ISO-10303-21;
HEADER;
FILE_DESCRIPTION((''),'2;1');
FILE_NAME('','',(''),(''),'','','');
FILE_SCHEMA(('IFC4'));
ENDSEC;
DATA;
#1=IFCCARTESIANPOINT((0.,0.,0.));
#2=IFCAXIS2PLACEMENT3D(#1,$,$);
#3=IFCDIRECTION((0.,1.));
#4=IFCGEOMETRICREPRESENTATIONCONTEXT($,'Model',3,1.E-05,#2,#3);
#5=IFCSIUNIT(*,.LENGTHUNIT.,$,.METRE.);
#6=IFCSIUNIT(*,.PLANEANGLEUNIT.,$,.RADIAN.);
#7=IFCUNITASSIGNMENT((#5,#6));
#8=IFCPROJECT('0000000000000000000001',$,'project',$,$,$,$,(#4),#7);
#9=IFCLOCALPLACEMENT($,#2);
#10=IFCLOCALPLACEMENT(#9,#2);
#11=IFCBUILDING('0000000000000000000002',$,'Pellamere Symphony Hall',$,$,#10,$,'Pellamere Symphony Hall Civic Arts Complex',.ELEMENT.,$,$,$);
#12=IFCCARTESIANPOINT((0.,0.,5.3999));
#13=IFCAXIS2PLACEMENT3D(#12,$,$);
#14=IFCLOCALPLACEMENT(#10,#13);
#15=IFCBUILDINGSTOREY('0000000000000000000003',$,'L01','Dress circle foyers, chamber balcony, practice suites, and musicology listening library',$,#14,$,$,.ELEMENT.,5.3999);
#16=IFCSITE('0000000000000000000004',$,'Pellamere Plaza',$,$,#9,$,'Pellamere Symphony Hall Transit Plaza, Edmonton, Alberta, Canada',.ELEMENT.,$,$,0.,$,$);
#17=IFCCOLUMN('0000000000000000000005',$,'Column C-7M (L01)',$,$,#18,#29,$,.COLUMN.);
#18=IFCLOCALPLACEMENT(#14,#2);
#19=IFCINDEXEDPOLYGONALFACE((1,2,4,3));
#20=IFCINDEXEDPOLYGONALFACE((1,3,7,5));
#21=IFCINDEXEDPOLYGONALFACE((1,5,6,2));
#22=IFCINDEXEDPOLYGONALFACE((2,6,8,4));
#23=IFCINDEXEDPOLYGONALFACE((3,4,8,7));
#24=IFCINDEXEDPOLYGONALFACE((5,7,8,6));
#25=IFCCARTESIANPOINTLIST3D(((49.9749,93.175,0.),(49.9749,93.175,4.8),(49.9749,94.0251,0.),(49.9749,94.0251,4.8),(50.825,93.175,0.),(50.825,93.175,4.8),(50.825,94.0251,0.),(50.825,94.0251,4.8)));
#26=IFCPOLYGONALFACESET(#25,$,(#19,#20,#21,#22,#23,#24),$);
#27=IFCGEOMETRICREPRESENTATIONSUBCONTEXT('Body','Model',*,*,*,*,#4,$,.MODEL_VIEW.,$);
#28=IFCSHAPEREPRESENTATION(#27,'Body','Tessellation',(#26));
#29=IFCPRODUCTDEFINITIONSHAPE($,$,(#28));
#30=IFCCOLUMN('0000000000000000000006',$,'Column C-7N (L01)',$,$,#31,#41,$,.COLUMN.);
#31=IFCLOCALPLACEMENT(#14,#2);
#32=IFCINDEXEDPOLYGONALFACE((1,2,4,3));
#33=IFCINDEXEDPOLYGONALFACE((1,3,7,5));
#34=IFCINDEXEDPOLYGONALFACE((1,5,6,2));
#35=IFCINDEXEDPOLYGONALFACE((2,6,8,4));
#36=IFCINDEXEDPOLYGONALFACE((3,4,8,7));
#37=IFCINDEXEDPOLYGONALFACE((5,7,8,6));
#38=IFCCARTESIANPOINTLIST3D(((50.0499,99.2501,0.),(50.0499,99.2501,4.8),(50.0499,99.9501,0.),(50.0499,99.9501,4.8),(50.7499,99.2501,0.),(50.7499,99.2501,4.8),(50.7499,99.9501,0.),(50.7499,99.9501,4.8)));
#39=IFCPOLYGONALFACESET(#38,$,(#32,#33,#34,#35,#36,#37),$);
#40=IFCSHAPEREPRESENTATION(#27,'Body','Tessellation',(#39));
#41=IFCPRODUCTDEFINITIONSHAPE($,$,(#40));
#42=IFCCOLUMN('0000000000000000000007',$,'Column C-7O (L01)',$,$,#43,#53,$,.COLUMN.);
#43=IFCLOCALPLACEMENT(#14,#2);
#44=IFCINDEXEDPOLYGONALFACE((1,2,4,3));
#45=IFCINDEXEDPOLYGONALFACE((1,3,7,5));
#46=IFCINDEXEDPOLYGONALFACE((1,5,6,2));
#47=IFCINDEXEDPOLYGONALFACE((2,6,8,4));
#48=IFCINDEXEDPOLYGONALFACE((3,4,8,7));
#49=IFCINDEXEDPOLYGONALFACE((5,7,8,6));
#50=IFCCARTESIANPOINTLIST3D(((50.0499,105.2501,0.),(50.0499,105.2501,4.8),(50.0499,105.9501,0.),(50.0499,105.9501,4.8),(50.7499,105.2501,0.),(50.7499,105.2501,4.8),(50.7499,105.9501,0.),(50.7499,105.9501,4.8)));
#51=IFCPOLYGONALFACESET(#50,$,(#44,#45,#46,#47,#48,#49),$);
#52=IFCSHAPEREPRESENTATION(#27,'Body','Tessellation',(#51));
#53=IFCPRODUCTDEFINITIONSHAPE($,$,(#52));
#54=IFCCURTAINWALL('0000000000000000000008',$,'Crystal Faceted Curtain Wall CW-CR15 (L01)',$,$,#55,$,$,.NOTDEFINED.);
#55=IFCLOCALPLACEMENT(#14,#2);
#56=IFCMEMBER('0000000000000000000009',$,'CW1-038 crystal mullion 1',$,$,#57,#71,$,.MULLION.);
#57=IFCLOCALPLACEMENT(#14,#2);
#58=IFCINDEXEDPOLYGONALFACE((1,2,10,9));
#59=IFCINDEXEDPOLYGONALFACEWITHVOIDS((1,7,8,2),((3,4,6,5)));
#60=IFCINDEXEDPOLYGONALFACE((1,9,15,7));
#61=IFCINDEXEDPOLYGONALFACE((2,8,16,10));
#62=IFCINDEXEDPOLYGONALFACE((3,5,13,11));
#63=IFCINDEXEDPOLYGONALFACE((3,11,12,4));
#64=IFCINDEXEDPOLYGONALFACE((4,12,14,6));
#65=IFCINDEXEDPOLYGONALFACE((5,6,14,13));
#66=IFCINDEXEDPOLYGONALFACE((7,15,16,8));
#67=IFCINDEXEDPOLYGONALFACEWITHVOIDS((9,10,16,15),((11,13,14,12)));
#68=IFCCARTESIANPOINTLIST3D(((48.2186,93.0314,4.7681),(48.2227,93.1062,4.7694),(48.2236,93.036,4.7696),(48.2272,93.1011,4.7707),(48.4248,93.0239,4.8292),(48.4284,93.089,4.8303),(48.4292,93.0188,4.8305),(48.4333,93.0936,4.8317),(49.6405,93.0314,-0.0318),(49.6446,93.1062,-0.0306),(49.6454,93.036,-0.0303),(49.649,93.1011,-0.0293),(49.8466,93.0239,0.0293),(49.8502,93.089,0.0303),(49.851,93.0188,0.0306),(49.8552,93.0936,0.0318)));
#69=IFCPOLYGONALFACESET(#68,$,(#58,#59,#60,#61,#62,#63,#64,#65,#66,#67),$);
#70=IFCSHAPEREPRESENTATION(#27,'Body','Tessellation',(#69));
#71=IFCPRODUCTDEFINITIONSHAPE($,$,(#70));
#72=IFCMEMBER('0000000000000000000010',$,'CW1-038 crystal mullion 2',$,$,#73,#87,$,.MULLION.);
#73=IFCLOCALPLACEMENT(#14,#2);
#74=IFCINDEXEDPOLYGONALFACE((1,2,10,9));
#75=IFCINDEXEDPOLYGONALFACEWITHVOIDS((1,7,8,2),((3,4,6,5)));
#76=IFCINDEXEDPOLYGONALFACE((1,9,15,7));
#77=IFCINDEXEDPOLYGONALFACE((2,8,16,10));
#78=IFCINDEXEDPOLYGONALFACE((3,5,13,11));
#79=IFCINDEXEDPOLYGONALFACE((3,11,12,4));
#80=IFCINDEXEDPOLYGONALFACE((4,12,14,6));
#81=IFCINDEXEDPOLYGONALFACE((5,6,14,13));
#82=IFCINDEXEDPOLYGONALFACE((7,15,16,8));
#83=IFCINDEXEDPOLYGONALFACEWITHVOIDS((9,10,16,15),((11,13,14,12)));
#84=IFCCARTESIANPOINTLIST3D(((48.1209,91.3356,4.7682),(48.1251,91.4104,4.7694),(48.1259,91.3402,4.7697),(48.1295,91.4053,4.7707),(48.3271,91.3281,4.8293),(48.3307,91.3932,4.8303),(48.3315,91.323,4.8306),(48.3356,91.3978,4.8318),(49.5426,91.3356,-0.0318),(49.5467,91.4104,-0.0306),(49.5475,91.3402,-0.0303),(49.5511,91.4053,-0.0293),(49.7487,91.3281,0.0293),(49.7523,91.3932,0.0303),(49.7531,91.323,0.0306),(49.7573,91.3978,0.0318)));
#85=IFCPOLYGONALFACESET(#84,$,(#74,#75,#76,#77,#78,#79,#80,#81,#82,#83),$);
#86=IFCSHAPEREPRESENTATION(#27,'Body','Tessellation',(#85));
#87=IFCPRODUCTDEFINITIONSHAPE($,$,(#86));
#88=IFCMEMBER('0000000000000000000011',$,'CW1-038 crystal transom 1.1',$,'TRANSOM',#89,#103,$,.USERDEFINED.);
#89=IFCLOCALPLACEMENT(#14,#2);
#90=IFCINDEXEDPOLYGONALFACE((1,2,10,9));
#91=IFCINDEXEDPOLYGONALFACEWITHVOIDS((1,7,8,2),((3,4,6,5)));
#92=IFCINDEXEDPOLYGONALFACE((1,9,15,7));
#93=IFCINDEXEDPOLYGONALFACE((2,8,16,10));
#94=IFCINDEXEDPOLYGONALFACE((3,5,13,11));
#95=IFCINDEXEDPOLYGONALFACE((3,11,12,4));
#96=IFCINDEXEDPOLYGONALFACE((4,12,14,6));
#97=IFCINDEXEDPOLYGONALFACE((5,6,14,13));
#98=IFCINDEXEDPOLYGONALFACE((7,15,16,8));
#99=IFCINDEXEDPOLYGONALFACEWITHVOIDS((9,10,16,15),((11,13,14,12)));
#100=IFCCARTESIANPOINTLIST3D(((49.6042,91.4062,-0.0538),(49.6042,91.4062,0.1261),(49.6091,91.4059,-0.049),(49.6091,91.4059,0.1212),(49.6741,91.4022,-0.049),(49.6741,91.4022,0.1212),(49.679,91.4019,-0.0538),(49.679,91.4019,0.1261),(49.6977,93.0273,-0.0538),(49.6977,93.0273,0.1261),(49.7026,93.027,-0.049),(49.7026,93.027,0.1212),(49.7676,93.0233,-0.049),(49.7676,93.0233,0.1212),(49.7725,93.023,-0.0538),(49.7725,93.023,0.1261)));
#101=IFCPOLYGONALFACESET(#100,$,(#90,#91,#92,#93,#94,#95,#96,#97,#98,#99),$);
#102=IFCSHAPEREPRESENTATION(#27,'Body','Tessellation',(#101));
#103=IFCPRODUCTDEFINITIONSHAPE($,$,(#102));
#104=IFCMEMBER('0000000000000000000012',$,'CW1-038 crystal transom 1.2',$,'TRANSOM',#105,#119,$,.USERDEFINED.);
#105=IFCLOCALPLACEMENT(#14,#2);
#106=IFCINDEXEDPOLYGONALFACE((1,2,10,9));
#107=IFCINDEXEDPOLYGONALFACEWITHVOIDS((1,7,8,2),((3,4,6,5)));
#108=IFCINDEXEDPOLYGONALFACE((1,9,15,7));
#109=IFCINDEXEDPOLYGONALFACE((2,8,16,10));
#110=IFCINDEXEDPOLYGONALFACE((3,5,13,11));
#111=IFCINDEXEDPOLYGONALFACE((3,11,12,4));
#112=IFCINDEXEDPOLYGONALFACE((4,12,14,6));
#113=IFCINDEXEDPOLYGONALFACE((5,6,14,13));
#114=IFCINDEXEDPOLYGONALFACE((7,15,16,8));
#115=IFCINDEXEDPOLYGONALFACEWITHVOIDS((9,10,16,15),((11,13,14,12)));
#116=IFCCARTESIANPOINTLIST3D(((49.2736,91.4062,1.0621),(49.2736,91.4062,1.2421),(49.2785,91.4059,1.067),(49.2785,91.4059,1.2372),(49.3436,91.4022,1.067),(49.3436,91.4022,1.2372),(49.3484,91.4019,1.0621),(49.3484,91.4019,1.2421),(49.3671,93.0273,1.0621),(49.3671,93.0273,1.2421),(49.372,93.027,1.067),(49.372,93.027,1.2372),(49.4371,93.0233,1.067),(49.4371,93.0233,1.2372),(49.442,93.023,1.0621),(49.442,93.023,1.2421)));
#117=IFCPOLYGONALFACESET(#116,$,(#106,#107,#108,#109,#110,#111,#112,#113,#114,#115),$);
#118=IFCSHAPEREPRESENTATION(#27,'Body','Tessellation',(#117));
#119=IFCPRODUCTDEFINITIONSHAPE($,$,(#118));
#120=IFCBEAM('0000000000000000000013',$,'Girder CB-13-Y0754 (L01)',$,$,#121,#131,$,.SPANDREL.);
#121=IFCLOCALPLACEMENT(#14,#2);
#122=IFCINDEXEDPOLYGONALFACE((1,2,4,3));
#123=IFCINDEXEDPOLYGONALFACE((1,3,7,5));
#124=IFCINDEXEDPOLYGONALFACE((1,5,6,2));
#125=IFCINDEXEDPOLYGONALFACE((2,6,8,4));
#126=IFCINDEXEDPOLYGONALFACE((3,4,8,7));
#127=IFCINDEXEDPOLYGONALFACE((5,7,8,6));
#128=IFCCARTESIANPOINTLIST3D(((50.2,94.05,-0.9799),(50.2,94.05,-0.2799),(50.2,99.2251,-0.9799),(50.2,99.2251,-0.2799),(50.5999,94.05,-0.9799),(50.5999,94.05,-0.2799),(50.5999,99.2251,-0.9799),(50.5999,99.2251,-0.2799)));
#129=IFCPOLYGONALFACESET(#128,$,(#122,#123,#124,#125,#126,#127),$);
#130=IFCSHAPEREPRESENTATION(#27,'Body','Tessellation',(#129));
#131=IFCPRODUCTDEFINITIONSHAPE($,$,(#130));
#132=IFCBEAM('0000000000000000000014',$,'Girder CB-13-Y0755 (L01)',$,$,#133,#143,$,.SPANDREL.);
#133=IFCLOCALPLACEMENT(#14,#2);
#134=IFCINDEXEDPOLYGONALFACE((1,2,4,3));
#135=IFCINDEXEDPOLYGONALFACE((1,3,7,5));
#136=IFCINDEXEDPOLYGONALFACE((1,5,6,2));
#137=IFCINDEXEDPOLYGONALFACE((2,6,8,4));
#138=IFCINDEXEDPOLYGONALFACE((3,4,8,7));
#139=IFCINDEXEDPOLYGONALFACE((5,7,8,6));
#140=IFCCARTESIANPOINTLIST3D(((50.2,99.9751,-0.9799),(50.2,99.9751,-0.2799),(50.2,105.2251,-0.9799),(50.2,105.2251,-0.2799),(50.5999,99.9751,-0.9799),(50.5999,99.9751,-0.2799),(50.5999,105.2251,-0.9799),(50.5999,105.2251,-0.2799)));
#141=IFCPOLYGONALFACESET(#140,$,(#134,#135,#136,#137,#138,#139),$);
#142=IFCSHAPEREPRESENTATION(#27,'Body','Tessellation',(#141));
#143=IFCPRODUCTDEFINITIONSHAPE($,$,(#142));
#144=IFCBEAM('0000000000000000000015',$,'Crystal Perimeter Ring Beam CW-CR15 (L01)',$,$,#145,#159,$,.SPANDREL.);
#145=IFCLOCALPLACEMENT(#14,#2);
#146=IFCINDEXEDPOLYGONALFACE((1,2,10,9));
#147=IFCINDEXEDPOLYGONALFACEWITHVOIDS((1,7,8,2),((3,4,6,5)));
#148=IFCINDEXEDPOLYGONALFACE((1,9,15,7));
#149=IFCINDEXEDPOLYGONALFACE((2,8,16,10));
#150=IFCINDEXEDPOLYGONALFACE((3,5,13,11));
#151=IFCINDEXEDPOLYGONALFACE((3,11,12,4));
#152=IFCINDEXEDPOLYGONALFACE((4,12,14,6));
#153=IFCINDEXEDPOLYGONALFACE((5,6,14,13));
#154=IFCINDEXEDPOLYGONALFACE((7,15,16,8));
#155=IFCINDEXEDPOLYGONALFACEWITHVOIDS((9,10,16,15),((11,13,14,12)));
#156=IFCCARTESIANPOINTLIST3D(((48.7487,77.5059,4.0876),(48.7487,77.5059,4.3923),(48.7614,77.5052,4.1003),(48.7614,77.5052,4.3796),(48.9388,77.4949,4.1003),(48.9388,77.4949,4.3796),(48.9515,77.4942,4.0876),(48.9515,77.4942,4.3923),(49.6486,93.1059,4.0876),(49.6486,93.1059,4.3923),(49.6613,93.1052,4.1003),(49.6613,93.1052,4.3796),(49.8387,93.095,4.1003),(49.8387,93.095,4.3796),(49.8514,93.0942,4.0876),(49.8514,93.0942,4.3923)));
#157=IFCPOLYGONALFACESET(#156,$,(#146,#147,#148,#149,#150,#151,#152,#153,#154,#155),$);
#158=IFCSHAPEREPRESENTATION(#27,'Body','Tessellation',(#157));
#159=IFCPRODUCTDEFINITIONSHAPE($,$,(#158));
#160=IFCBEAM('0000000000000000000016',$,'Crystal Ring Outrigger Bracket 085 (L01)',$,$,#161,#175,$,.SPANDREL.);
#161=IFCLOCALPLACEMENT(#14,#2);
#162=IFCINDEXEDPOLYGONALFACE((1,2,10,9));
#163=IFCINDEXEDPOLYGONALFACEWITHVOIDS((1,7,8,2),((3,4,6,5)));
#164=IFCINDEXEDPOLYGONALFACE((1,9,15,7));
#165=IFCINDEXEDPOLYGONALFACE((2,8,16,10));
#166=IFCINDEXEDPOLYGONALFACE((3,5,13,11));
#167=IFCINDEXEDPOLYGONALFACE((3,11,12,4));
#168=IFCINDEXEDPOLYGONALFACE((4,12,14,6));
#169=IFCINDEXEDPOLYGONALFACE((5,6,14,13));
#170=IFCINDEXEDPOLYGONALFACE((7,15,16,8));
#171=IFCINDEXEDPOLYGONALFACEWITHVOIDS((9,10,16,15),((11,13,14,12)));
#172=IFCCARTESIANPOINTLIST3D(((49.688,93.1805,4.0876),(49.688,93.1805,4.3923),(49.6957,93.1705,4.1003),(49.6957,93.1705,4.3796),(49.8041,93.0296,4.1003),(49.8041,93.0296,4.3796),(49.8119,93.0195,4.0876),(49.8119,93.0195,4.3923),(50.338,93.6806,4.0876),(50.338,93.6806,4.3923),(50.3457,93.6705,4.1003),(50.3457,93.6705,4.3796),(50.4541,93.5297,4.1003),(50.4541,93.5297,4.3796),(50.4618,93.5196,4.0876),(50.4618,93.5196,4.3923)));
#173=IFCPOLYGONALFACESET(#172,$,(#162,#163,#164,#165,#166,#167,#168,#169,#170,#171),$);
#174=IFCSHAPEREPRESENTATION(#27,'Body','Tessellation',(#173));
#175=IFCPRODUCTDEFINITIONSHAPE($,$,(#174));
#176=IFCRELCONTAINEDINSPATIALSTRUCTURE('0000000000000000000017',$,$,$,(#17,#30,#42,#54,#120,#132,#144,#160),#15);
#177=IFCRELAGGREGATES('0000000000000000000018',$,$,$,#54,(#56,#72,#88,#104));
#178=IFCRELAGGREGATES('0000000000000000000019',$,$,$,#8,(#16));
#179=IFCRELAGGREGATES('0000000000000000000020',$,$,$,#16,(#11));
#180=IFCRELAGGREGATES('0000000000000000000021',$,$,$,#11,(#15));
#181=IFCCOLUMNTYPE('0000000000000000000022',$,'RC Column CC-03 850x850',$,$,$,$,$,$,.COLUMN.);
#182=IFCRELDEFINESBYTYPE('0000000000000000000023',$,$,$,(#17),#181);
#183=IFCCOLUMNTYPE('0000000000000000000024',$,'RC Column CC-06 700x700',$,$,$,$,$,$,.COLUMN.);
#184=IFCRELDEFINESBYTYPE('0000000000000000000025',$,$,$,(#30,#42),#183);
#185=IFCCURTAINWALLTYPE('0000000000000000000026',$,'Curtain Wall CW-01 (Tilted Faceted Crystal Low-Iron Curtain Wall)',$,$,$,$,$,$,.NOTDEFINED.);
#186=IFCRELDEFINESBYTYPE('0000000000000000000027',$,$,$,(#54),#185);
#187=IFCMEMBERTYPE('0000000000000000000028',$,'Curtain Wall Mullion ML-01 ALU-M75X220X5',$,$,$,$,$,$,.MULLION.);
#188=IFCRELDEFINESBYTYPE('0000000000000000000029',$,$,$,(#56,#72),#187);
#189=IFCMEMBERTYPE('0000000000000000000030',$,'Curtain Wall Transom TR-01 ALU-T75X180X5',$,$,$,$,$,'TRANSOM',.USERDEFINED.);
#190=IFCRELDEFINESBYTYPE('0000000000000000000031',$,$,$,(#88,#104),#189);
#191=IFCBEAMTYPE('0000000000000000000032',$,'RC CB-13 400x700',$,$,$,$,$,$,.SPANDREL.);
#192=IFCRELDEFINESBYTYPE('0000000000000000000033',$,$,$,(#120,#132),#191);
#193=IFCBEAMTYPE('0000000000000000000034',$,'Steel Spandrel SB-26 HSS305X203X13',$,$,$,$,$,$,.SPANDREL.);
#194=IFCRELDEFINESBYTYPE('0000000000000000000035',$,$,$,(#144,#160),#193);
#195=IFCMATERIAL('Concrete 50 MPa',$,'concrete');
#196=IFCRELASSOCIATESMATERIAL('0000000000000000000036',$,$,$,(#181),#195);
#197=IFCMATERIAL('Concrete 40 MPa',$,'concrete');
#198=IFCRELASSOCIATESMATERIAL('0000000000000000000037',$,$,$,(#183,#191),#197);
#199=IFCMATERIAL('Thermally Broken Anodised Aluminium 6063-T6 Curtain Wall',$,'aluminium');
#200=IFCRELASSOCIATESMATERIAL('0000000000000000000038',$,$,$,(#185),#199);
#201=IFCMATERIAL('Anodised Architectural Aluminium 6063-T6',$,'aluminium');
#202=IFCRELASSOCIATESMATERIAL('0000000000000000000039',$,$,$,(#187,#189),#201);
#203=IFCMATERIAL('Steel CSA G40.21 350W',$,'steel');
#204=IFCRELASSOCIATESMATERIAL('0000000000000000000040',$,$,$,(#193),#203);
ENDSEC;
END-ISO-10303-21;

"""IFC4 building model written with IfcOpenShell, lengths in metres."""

from ifc_helpers import new_model, si_unit, direction, frame, origin, origin_2d, place, context, subcontext, project, spatial, rectangle, hollow_rectangle, extrude, material, material_profile, profile_set, type_object, element, aggregate, save


model = new_model("IFC4")

# Units and contexts
model_context = context("Model", 3, precision=1e-05, world=origin(), true_north=direction((0.0, 1.0)))
body_context = subcontext(model_context, "Body", "Model", "MODEL_VIEW")
ifc_project = project(units=[si_unit("LENGTHUNIT", "METRE"), si_unit("PLANEANGLEUNIT", "RADIAN")], contexts=[model_context])

# Site, building, storey
site_placement = place(None, origin())
site = spatial("IfcSite", under=ifc_project, at=site_placement, Name="Pellamere Plaza", LongName="Pellamere Symphony Hall Transit Plaza, Edmonton, Alberta, Canada", CompositionType="ELEMENT", RefElevation=0.0)
building_placement = place(site_placement, origin())
building = spatial("IfcBuilding", under=site, at=building_placement, Name="Pellamere Symphony Hall", LongName="Pellamere Symphony Hall Civic Arts Complex", CompositionType="ELEMENT")
storey_placement = place(building_placement, frame((0.0, 0.0, 5.3999)))
storey = spatial("IfcBuildingStorey", under=building, at=storey_placement, Name="L01", Description="Dress circle foyers, chamber balcony, practice suites, and musicology listening library", CompositionType="ELEMENT", Elevation=5.3999)

# Columns
ifc_material_1 = material(Name="Concrete 50 MPa", Category="concrete")
ifc_material_profile_1 = material_profile(ifc_material_1, rectangle(XDim=0.8501, YDim=0.8501, at=origin_2d()), Name="RC 850x850")
ifc_profile_set_1 = profile_set([ifc_material_profile_1], Name="Concrete 50 MPa")
column_type_1 = type_object("IfcColumnType", Name="RC Column CC-03 850x850", PredefinedType="COLUMN", material=ifc_profile_set_1)
column_placement = place(storey_placement, frame((50.3999, 93.6001, 0.0), z_axis=(0.0, 0.0, 1.0), x_axis=(1.0, 0.0, 0.0)))
element("IfcColumn", 1, at=column_placement, inside=storey, type_object=column_type_1, Name="Column C-7M (L01)", PredefinedType="COLUMN", context=body_context, shape_type="SweptSolid", body=[
    extrude(rectangle(XDim=0.8501, YDim=0.8501, at=origin_2d()), origin(), (0.0, 0.0, 1.0), 4.8),
])
ifc_material_2 = material(Name="Concrete 40 MPa", Category="concrete")
ifc_material_profile_2 = material_profile(ifc_material_2, rectangle(XDim=0.7, YDim=0.7, at=origin_2d()), Name="RC 700x700")
ifc_profile_set_2 = profile_set([ifc_material_profile_2], Name="Concrete 40 MPa")
column_type_2 = type_object("IfcColumnType", Name="RC Column CC-06 700x700", PredefinedType="COLUMN", material=ifc_profile_set_2)
for number, where, z_axis, x_axis, name in (
    (2, (50.3999, 99.6001, 0.0), (0.0, 0.0, 1.0), (1.0, 0.0, 0.0), "Column C-7N (L01)"),
    (3, (50.3999, 105.6001, 0.0), (0.0, 0.0, 1.0), (1.0, 0.0, 0.0), "Column C-7O (L01)"),
):
    element("IfcColumn", number, at=place(storey_placement, frame(where, z_axis=z_axis, x_axis=x_axis)), inside=storey, type_object=column_type_2, Name=name, PredefinedType="COLUMN", context=body_context, shape_type="SweptSolid", body=[
        extrude(rectangle(XDim=0.7, YDim=0.7, at=origin_2d()), origin(), (0.0, 0.0, 1.0), 4.8),
    ])

# Curtain wall, members
ifc_material_3 = material(Name="Thermally Broken Anodised Aluminium 6063-T6 Curtain Wall", Category="aluminium")
curtain_wall_type = type_object("IfcCurtainWallType", Name="Curtain Wall CW-01 (Tilted Faceted Crystal Low-Iron Curtain Wall)", PredefinedType="NOTDEFINED", material=ifc_material_3)
curtain_wall_placement = place(storey_placement, origin())
curtain_wall = element("IfcCurtainWall", 4, at=curtain_wall_placement, inside=storey, type_object=curtain_wall_type, Name="Crystal Faceted Curtain Wall CW-CR15 (L01)", PredefinedType="NOTDEFINED")
ifc_material_4 = material(Name="Anodised Architectural Aluminium 6063-T6", Category="aluminium")
ifc_material_profile_3 = material_profile(ifc_material_4, hollow_rectangle(XDim=0.075, YDim=0.22, WallThickness=0.0049, at=origin_2d()), Name="ALU-M75X220X5")
ifc_profile_set_3 = profile_set([ifc_material_profile_3], Name="Anodised Architectural Aluminium 6063-T6")
member_type_1 = type_object("IfcMemberType", Name="Curtain Wall Mullion ML-01 ALU-M75X220X5", PredefinedType="MULLION", material=ifc_profile_set_3)
member_1_placement = place(storey_placement, frame((49.7478, 93.0625, 0.0), z_axis=(-0.284022, 0.0, 0.958818), x_axis=(-0.055225, -0.99834, -0.016359)))
member_1 = element("IfcMember", 5, at=member_1_placement, type_object=member_type_1, Name="CW1-038 crystal mullion 1", PredefinedType="MULLION", context=body_context, shape_type="SweptSolid", body=[
    extrude(hollow_rectangle(XDim=0.075, YDim=0.22, WallThickness=0.0049, at=origin_2d()), origin(), (0.0, 0.0, 1.0), 5.0061),
])
member_2_placement = place(storey_placement, frame((49.6499, 91.3667, 0.0), z_axis=(-0.283977, 0.0, 0.958831), x_axis=(-0.055225, -0.99834, -0.016356)))
member_2 = element("IfcMember", 6, at=member_2_placement, type_object=member_type_1, Name="CW1-038 crystal mullion 2", PredefinedType="MULLION", context=body_context, shape_type="SweptSolid", body=[
    extrude(hollow_rectangle(XDim=0.075, YDim=0.22, WallThickness=0.0049, at=origin_2d()), origin(), (0.0, 0.0, 1.0), 5.0061),
])
ifc_material_profile_4 = material_profile(ifc_material_4, hollow_rectangle(XDim=0.075, YDim=0.1799, WallThickness=0.0049, at=origin_2d()), Name="ALU-T75X180X5")
ifc_profile_set_4 = profile_set([ifc_material_profile_4], Name="Anodised Architectural Aluminium 6063-T6")
member_type_2 = type_object("IfcMemberType", Name="Curtain Wall Transom TR-01 ALU-T75X180X5", ElementType="TRANSOM", PredefinedType="USERDEFINED", material=ifc_profile_set_4)
member_3_placement = place(storey_placement, frame((49.7351, 93.0251, 0.0361), z_axis=(-0.057585, -0.998341, 0.0), x_axis=(0.998341, -0.057585, 0.0)))
member_3 = element("IfcMember", 7, at=member_3_placement, type_object=member_type_2, Name="CW1-038 crystal transom 1.1", ObjectType="TRANSOM", PredefinedType="USERDEFINED", context=body_context, shape_type="SweptSolid", body=[
    extrude(hollow_rectangle(XDim=0.075, YDim=0.1799, WallThickness=0.0049, at=origin_2d()), origin(), (0.0, 0.0, 1.0), 1.6238),
])
member_4_placement = place(storey_placement, frame((49.4045, 93.0251, 1.1521), z_axis=(-0.057585, -0.998341, 0.0), x_axis=(0.998341, -0.057585, 0.0)))
member_4 = element("IfcMember", 8, at=member_4_placement, type_object=member_type_2, Name="CW1-038 crystal transom 1.2", ObjectType="TRANSOM", PredefinedType="USERDEFINED", context=body_context, shape_type="SweptSolid", body=[
    extrude(hollow_rectangle(XDim=0.075, YDim=0.1799, WallThickness=0.0049, at=origin_2d()), origin(), (0.0, 0.0, 1.0), 1.6238),
])

# Beams
ifc_material_profile_5 = material_profile(ifc_material_2, rectangle(XDim=0.3999, YDim=0.7, at=origin_2d()), Name="RC 400x700")
ifc_profile_set_5 = profile_set([ifc_material_profile_5], Name="Concrete 40 MPa")
beam_type_1 = type_object("IfcBeamType", Name="RC CB-13 400x700", PredefinedType="SPANDREL", material=ifc_profile_set_5)
beam_1_placement = place(storey_placement, frame((50.3999, 94.05, -0.6299), z_axis=(0.0, 1.0, 0.0), x_axis=(-1.0, 0.0, 0.0)))
element("IfcBeam", 9, at=beam_1_placement, inside=storey, type_object=beam_type_1, Name="Girder CB-13-Y0754 (L01)", PredefinedType="SPANDREL", context=body_context, shape_type="SweptSolid", body=[
    extrude(rectangle(XDim=0.3999, YDim=0.7, at=origin_2d()), origin(), (0.0, 0.0, 1.0), 5.175),
])
beam_2_placement = place(storey_placement, frame((50.3999, 99.9751, -0.6299), z_axis=(0.0, 1.0, 0.0), x_axis=(-1.0, 0.0, 0.0)))
element("IfcBeam", 10, at=beam_2_placement, inside=storey, type_object=beam_type_1, Name="Girder CB-13-Y0755 (L01)", PredefinedType="SPANDREL", context=body_context, shape_type="SweptSolid", body=[
    extrude(rectangle(XDim=0.3999, YDim=0.7, at=origin_2d()), origin(), (0.0, 0.0, 1.0), 5.25),
])
ifc_material_5 = material(Name="Steel CSA G40.21 350W", Category="steel")
ifc_material_profile_6 = material_profile(ifc_material_5, hollow_rectangle(XDim=0.2031, YDim=0.3047, WallThickness=0.0127, at=origin_2d()), Name="HSS305X203X13")
ifc_profile_set_6 = profile_set([ifc_material_profile_6], Name="Steel CSA G40.21 350W")
beam_type_2 = type_object("IfcBeamType", Name="Steel Spandrel SB-26 HSS305X203X13", PredefinedType="SPANDREL", material=ifc_profile_set_6)
beam_3_placement = place(storey_placement, frame((49.75, 93.1001, 4.24), z_axis=(-0.05759, -0.99834, 0.0), x_axis=(0.99834, -0.05759, 0.0)))
element("IfcBeam", 11, at=beam_3_placement, inside=storey, type_object=beam_type_2, Name="Crystal Perimeter Ring Beam CW-CR15 (L01)", PredefinedType="SPANDREL", context=body_context, shape_type="SweptSolid", body=[
    extrude(hollow_rectangle(XDim=0.2031, YDim=0.3047, WallThickness=0.0127, at=origin_2d()), origin(), (0.0, 0.0, 1.0), 15.626),
])
beam_4_placement = place(storey_placement, frame((50.3999, 93.6001, 4.24), z_axis=(-0.79258, -0.609768, 0.0), x_axis=(0.609768, -0.79258, 0.0)))
element("IfcBeam", 12, at=beam_4_placement, inside=storey, type_object=beam_type_2, Name="Crystal Ring Outrigger Bracket 085 (L01)", PredefinedType="SPANDREL", context=body_context, shape_type="SweptSolid", body=[
    extrude(hollow_rectangle(XDim=0.2031, YDim=0.3047, WallThickness=0.0127, at=origin_2d()), origin(), (0.0, 0.0, 1.0), 0.8201),
])

aggregate(curtain_wall, [member_1, member_2, member_3, member_4])

save(model, "model.ifc")
